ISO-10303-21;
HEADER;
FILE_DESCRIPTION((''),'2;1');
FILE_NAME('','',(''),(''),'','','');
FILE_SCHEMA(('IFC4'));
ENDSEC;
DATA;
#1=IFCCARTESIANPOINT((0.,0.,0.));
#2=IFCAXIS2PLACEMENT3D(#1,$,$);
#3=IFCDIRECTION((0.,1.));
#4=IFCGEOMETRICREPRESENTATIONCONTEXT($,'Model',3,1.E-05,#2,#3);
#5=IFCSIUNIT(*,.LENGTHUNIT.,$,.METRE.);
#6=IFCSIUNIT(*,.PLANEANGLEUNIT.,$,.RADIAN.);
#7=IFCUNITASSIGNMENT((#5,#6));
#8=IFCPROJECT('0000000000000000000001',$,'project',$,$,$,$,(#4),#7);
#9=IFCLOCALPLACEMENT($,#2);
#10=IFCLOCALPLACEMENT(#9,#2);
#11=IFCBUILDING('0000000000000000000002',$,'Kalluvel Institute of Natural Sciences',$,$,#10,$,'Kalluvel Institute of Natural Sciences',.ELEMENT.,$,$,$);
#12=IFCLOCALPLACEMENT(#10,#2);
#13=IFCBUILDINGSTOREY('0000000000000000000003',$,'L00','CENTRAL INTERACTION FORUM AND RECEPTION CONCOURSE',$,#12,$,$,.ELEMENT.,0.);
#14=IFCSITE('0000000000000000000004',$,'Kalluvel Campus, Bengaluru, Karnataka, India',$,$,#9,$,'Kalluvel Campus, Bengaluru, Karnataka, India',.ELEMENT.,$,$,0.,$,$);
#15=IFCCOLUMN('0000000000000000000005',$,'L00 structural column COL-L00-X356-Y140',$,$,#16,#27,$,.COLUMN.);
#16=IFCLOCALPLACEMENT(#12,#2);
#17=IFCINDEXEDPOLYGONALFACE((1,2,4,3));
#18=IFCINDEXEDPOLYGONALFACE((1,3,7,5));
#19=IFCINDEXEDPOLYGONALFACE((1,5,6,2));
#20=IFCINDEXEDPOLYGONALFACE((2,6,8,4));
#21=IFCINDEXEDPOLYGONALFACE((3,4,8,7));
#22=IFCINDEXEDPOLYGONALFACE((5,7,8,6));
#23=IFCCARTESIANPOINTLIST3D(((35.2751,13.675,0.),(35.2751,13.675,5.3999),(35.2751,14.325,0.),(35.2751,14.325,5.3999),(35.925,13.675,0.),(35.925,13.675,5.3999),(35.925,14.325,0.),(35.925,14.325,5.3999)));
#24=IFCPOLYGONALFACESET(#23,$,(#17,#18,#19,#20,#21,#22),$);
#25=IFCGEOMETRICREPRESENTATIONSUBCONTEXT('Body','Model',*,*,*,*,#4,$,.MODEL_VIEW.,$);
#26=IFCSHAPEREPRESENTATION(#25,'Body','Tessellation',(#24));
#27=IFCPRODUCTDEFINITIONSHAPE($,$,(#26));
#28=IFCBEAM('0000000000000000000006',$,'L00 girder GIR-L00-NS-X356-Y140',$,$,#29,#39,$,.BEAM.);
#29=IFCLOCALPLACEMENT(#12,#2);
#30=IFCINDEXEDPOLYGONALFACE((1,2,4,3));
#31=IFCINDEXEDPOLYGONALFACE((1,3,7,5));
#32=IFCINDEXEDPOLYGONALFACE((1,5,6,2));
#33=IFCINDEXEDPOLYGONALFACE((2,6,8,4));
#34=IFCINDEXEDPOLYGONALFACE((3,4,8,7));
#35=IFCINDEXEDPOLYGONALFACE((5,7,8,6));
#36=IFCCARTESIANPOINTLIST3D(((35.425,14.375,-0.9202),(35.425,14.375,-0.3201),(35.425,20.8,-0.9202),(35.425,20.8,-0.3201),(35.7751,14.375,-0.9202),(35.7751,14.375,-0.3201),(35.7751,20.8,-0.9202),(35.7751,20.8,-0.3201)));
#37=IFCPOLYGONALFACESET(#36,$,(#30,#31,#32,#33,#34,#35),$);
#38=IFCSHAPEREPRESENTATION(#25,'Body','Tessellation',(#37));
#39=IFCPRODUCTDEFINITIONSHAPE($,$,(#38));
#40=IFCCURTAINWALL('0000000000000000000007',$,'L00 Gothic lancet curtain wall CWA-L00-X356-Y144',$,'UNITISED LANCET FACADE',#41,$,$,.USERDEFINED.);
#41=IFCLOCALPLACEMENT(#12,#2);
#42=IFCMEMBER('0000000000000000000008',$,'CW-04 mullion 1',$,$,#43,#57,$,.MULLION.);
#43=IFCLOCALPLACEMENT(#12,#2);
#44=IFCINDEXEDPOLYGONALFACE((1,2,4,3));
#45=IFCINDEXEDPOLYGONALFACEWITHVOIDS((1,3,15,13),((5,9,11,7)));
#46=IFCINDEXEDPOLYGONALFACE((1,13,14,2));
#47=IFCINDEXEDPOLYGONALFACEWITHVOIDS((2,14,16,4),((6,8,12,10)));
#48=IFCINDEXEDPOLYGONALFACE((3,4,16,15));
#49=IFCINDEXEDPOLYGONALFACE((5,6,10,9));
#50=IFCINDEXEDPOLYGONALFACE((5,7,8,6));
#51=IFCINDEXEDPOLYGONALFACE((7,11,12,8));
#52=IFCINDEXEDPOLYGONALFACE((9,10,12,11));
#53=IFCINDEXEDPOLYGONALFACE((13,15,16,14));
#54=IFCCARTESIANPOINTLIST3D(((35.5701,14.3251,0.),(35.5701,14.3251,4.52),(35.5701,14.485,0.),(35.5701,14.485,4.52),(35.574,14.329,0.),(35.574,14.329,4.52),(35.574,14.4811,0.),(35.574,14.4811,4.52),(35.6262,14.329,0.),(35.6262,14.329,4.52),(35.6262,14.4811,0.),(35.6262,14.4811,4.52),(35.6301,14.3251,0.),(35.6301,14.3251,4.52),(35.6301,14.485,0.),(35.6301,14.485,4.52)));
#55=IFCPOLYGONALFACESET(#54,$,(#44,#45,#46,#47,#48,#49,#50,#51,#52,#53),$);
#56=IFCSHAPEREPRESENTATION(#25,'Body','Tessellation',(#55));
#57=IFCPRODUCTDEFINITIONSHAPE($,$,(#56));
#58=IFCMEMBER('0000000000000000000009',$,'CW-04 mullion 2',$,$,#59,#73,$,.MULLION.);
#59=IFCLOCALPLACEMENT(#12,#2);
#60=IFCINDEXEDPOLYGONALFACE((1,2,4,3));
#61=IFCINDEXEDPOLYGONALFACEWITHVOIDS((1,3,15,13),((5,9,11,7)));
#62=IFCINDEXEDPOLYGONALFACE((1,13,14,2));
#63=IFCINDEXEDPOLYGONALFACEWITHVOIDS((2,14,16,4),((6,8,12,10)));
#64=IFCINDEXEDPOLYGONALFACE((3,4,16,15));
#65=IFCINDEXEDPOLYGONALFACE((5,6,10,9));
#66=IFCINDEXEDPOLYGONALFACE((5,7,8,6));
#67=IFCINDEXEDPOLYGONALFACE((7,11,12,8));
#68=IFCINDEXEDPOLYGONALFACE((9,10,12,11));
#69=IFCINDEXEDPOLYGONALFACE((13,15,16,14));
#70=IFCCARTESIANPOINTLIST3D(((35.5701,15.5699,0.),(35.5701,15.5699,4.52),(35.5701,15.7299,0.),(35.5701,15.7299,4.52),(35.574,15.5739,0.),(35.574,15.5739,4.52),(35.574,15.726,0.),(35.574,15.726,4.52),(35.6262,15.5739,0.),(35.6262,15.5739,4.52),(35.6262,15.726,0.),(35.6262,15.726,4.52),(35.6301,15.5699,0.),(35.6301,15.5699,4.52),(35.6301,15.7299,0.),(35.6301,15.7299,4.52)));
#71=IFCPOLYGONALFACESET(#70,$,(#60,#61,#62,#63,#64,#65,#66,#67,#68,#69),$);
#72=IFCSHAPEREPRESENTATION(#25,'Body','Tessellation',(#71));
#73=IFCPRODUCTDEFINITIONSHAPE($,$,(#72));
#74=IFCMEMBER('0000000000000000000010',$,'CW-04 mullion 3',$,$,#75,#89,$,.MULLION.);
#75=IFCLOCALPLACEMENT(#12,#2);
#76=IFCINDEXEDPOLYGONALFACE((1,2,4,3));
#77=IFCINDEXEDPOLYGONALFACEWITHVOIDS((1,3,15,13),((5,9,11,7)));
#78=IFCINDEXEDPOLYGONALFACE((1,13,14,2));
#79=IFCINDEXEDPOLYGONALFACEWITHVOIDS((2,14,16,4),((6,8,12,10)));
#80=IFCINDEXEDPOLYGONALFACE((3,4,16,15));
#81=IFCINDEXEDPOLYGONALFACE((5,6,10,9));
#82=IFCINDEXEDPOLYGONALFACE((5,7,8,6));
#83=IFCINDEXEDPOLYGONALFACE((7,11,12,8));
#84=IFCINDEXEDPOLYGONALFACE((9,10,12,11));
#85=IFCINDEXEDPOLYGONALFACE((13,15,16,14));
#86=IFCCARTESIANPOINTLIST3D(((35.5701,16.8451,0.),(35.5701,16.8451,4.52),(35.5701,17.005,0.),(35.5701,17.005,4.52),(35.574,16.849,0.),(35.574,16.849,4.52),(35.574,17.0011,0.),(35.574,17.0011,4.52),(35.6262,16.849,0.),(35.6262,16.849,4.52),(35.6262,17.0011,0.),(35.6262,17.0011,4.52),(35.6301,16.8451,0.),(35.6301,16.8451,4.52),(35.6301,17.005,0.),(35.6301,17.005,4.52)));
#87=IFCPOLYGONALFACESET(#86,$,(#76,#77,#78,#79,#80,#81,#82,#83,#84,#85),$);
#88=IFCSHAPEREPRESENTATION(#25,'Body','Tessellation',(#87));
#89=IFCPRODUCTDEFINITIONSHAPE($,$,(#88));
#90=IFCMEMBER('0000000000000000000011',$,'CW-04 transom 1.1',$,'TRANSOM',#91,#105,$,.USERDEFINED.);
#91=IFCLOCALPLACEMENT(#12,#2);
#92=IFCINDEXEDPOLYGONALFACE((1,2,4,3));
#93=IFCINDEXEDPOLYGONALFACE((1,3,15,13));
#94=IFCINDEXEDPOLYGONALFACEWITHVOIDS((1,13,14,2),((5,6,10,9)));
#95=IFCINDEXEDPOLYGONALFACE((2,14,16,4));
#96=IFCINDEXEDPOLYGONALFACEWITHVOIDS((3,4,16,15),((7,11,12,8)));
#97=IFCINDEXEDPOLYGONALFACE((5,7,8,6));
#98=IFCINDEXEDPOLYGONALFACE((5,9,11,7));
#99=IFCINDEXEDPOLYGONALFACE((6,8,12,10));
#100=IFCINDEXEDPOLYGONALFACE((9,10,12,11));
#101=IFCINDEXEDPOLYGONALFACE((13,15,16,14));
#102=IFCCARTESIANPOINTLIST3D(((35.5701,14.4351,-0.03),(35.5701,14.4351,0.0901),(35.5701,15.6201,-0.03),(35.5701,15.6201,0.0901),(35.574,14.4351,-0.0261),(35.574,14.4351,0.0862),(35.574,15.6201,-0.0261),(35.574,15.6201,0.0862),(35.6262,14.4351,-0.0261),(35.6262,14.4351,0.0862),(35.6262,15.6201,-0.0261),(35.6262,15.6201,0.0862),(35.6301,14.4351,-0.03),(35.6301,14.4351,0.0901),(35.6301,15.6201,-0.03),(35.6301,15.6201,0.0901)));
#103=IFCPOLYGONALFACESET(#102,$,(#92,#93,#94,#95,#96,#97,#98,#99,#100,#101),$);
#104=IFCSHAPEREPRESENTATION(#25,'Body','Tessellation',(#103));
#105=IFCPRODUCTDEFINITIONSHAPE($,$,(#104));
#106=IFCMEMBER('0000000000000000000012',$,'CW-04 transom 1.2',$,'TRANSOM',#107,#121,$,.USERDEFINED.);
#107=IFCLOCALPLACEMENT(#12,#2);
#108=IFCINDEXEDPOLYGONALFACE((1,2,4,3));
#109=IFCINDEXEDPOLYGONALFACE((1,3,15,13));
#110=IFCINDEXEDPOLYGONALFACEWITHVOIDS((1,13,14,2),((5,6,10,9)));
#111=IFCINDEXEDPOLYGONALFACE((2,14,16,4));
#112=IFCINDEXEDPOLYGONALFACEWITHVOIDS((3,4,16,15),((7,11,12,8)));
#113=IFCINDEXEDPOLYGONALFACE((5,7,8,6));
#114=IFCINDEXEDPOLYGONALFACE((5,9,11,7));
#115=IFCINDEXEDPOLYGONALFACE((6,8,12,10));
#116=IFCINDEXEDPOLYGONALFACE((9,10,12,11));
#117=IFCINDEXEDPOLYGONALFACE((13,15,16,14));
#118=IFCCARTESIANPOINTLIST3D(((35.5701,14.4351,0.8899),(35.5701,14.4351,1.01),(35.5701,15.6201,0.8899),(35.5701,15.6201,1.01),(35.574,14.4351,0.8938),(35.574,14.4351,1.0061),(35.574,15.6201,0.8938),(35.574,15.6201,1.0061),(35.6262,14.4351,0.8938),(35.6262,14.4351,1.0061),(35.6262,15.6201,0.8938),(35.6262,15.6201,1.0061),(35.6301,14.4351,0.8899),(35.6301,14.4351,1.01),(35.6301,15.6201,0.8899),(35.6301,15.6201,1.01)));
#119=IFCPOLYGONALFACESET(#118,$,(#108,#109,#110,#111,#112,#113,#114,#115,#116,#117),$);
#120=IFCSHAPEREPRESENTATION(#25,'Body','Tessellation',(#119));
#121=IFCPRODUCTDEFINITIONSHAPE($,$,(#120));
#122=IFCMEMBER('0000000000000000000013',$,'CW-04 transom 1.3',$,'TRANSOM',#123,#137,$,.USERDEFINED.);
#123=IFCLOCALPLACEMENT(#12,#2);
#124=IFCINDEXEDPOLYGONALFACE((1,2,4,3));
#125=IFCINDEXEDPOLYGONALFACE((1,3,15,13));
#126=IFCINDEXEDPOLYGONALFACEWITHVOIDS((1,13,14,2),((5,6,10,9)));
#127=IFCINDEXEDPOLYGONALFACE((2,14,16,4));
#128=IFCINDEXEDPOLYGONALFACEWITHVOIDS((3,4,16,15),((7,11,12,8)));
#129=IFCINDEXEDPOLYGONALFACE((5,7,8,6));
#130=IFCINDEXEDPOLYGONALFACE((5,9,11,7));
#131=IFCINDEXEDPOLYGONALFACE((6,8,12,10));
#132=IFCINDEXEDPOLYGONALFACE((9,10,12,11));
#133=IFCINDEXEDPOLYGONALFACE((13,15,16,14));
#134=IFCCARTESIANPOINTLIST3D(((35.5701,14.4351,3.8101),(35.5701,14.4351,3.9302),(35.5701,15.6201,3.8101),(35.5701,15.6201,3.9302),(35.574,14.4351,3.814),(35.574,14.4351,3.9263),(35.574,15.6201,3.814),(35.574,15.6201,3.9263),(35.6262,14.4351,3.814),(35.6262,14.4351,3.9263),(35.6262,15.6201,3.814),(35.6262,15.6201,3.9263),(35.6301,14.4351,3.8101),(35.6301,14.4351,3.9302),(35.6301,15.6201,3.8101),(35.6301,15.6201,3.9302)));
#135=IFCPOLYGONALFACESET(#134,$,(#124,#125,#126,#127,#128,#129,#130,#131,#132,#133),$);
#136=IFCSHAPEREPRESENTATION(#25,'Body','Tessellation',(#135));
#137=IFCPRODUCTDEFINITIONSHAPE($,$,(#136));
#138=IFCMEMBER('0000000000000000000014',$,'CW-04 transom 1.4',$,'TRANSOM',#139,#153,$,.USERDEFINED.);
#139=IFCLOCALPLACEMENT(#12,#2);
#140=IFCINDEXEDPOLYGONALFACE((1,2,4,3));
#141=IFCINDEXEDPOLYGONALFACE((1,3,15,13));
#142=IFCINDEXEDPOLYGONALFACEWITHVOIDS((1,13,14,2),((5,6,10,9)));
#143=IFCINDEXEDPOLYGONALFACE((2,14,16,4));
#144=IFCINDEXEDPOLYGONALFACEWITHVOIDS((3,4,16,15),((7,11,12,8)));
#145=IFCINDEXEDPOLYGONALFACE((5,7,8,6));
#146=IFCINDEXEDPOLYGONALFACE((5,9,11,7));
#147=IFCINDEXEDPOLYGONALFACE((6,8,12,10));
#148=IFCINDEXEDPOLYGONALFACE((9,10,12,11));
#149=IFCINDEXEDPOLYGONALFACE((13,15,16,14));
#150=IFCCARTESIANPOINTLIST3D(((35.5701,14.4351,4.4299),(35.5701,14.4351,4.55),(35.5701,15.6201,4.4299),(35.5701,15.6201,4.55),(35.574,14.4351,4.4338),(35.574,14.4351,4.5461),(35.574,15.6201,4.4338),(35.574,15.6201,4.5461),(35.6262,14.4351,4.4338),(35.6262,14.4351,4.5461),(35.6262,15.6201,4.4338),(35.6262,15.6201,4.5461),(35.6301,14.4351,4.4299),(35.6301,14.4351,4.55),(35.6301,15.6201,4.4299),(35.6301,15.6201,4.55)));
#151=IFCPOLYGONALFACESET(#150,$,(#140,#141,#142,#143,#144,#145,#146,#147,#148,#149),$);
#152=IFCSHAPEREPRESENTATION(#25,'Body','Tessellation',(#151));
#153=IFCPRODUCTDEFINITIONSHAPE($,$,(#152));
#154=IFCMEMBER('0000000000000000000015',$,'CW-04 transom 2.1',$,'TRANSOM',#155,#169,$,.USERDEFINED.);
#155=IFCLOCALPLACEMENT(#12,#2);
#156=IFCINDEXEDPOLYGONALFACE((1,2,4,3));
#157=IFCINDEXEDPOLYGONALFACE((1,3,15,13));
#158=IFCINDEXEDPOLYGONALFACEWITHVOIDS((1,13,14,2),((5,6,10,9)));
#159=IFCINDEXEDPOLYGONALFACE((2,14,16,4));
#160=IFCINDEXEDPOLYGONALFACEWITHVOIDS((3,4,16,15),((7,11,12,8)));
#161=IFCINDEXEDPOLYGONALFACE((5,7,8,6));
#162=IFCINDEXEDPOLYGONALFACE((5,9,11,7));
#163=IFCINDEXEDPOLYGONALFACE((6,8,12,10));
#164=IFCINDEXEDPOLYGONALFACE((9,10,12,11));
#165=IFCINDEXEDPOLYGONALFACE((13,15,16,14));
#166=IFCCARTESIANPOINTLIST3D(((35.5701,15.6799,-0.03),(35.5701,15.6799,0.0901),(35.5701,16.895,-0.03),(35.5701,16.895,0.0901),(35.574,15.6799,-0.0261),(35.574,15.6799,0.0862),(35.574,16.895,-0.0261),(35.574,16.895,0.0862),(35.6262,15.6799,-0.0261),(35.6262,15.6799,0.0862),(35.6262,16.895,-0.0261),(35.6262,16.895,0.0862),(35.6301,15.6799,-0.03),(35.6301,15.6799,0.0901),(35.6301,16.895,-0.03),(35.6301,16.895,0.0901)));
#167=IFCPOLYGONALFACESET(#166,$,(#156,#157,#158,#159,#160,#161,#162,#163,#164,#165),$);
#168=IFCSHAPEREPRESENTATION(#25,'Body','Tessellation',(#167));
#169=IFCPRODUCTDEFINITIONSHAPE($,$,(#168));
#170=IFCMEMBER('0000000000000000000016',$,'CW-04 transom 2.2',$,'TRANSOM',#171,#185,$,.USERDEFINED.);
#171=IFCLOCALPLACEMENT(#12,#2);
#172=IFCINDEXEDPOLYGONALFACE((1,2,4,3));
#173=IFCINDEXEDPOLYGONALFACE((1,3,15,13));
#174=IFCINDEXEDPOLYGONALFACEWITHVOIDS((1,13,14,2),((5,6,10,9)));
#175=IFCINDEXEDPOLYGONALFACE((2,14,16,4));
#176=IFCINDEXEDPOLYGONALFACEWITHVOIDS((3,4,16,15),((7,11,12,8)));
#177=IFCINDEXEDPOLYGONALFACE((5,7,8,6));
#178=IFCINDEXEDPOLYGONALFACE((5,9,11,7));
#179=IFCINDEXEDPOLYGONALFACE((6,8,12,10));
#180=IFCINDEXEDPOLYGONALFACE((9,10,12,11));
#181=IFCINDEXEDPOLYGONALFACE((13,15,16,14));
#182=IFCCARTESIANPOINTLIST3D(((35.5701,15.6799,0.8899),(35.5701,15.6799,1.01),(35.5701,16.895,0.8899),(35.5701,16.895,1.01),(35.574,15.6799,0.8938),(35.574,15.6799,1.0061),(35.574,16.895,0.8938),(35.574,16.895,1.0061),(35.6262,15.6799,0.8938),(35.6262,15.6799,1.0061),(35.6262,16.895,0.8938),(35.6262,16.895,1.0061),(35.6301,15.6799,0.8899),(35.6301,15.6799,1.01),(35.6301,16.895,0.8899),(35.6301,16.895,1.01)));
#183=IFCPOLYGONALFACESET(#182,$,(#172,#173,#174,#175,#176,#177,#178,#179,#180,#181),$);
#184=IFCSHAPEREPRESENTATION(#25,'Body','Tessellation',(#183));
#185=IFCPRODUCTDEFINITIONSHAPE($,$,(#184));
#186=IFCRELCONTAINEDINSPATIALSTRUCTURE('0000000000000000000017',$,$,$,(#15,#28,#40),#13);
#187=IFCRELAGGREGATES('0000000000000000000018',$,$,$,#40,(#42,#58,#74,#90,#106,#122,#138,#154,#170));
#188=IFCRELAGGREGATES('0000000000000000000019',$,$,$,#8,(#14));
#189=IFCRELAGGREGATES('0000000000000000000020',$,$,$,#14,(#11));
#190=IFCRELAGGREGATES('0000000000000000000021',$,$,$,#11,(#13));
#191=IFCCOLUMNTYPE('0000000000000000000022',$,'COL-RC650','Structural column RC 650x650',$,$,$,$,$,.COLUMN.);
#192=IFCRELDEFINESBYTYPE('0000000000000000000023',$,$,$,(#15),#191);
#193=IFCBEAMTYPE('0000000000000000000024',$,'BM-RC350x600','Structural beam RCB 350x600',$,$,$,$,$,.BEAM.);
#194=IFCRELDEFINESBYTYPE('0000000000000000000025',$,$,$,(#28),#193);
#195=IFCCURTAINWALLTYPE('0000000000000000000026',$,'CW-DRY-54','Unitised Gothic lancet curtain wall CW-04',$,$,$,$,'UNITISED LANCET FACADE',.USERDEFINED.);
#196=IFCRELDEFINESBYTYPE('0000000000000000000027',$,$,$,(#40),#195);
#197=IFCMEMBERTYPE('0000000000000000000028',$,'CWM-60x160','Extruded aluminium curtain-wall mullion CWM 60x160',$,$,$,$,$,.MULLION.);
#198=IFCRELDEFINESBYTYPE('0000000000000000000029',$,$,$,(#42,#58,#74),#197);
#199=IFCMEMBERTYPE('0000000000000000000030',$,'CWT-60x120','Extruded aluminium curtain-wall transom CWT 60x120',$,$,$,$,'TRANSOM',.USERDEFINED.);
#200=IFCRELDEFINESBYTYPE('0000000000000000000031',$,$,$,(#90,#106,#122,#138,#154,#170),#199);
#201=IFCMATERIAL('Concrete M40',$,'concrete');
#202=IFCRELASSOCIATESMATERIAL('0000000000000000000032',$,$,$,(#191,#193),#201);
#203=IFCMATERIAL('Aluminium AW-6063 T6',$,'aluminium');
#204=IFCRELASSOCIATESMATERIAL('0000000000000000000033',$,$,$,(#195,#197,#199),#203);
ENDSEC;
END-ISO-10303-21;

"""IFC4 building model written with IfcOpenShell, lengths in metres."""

from ifc_helpers import new_model, si_unit, direction, frame, origin, origin_2d, place, context, subcontext, project, spatial, rectangle, hollow_rectangle, extrude, material, material_profile, profile_set, type_object, element, aggregate, save


model = new_model("IFC4")

# Units and contexts
model_context = context("Model", 3, precision=1e-05, world=origin(), true_north=direction((0.0, 1.0)))
body_context = subcontext(model_context, "Body", "Model", "MODEL_VIEW")
ifc_project = project(units=[si_unit("LENGTHUNIT", "METRE"), si_unit("PLANEANGLEUNIT", "RADIAN")], contexts=[model_context])

# Site, building, storey
site_placement = place(None, origin())
site = spatial("IfcSite", under=ifc_project, at=site_placement, Name="Kalluvel Campus, Bengaluru, Karnataka, India", LongName="Kalluvel Campus, Bengaluru, Karnataka, India", CompositionType="ELEMENT", RefElevation=0.0)
building_placement = place(site_placement, origin())
building = spatial("IfcBuilding", under=site, at=building_placement, Name="Kalluvel Institute of Natural Sciences", LongName="Kalluvel Institute of Natural Sciences", CompositionType="ELEMENT")
storey_placement = place(building_placement, origin())
storey = spatial("IfcBuildingStorey", under=building, at=storey_placement, Name="L00", Description="CENTRAL INTERACTION FORUM AND RECEPTION CONCOURSE", CompositionType="ELEMENT", Elevation=0.0)

# Column
ifc_material_1 = material(Name="Concrete M40", Category="concrete")
ifc_material_profile_1 = material_profile(ifc_material_1, rectangle(XDim=0.6499, YDim=0.6499, at=origin_2d()), Name="RC 650x650")
ifc_profile_set_1 = profile_set([ifc_material_profile_1], Name="Concrete M40")
column_type = type_object("IfcColumnType", Name="COL-RC650", Description="Structural column RC 650x650", PredefinedType="COLUMN", material=ifc_profile_set_1)
column_placement = place(storey_placement, frame((35.6001, 14.0, 0.0), z_axis=(0.0, 0.0, 1.0), x_axis=(1.0, 0.0, 0.0)))
element("IfcColumn", 1, at=column_placement, inside=storey, type_object=column_type, Name="L00 structural column COL-L00-X356-Y140", PredefinedType="COLUMN", context=body_context, shape_type="SweptSolid", body=[
    extrude(rectangle(XDim=0.6499, YDim=0.6499, at=origin_2d()), origin(), (0.0, 0.0, 1.0), 5.3999),
])

# Beam
ifc_material_profile_2 = material_profile(ifc_material_1, rectangle(XDim=0.3501, YDim=0.6001, at=origin_2d()), Name="RCB 350x600")
ifc_profile_set_2 = profile_set([ifc_material_profile_2], Name="Concrete M40")
beam_type = type_object("IfcBeamType", Name="BM-RC350x600", Description="Structural beam RCB 350x600", PredefinedType="BEAM", material=ifc_profile_set_2)
beam_placement = place(storey_placement, frame((35.6001, 14.375, -0.6201), z_axis=(0.0, 1.0, 0.0), x_axis=(-1.0, 0.0, 0.0)))
element("IfcBeam", 2, at=beam_placement, inside=storey, type_object=beam_type, Name="L00 girder GIR-L00-NS-X356-Y140", PredefinedType="BEAM", context=body_context, shape_type="SweptSolid", body=[
    extrude(rectangle(XDim=0.3501, YDim=0.6001, at=origin_2d()), origin(), (0.0, 0.0, 1.0), 6.425),
])

# Curtain wall, members
ifc_material_2 = material(Name="Aluminium AW-6063 T6", Category="aluminium")
curtain_wall_type = type_object("IfcCurtainWallType", Name="CW-DRY-54", Description="Unitised Gothic lancet curtain wall CW-04", ElementType="UNITISED LANCET FACADE", PredefinedType="USERDEFINED", material=ifc_material_2)
curtain_wall_placement = place(storey_placement, origin())
curtain_wall = element("IfcCurtainWall", 3, at=curtain_wall_placement, inside=storey, type_object=curtain_wall_type, Name="L00 Gothic lancet curtain wall CWA-L00-X356-Y144", ObjectType="UNITISED LANCET FACADE", PredefinedType="USERDEFINED")
ifc_material_profile_3 = material_profile(ifc_material_2, hollow_rectangle(XDim=0.0601, YDim=0.1599, WallThickness=0.0039, at=origin_2d()), Name="CWM 60x160")
ifc_profile_set_3 = profile_set([ifc_material_profile_3], Name="Aluminium AW-6063 T6")
member_type_1 = type_object("IfcMemberType", Name="CWM-60x160", Description="Extruded aluminium curtain-wall mullion CWM 60x160", PredefinedType="MULLION", material=ifc_profile_set_3)
member_1_placement = place(storey_placement, frame((35.6001, 14.405, 0.0), z_axis=(0.0, 0.0, 1.0), x_axis=(-1.0, 0.0, 0.0)))
member_1 = element("IfcMember", 4, at=member_1_placement, type_object=member_type_1, Name="CW-04 mullion 1", PredefinedType="MULLION", context=body_context, shape_type="SweptSolid", body=[
    extrude(hollow_rectangle(XDim=0.0601, YDim=0.1599, WallThickness=0.0039, at=origin_2d()), origin(), (0.0, 0.0, 1.0), 4.52),
])
member_2_placement = place(storey_placement, frame((35.6001, 15.6499, 0.0), z_axis=(0.0, 0.0, 1.0), x_axis=(-1.0, 0.0, 0.0)))
member_2 = element("IfcMember", 5, at=member_2_placement, type_object=member_type_1, Name="CW-04 mullion 2", PredefinedType="MULLION", context=body_context, shape_type="SweptSolid", body=[
    extrude(hollow_rectangle(XDim=0.0601, YDim=0.1599, WallThickness=0.0039, at=origin_2d()), origin(), (0.0, 0.0, 1.0), 4.52),
])
member_3_placement = place(storey_placement, frame((35.6001, 16.925, 0.0), z_axis=(0.0, 0.0, 1.0), x_axis=(-1.0, 0.0, 0.0)))
member_3 = element("IfcMember", 6, at=member_3_placement, type_object=member_type_1, Name="CW-04 mullion 3", PredefinedType="MULLION", context=body_context, shape_type="SweptSolid", body=[
    extrude(hollow_rectangle(XDim=0.0601, YDim=0.1599, WallThickness=0.0039, at=origin_2d()), origin(), (0.0, 0.0, 1.0), 4.52),
])
ifc_material_profile_4 = material_profile(ifc_material_2, hollow_rectangle(XDim=0.0601, YDim=0.1201, WallThickness=0.0039, at=origin_2d()), Name="CWT 60x120")
ifc_profile_set_4 = profile_set([ifc_material_profile_4], Name="Aluminium AW-6063 T6")
member_type_2 = type_object("IfcMemberType", Name="CWT-60x120", Description="Extruded aluminium curtain-wall transom CWT 60x120", ElementType="TRANSOM", PredefinedType="USERDEFINED", material=ifc_profile_set_4)
member_4_placement = place(storey_placement, frame((35.6001, 14.4351, 0.03), z_axis=(0.0, 1.0, 0.0), x_axis=(-1.0, 0.0, 0.0)))
member_4 = element("IfcMember", 7, at=member_4_placement, type_object=member_type_2, Name="CW-04 transom 1.1", ObjectType="TRANSOM", PredefinedType="USERDEFINED", context=body_context, shape_type="SweptSolid", body=[
    extrude(hollow_rectangle(XDim=0.0601, YDim=0.1201, WallThickness=0.0039, at=origin_2d()), origin(), (0.0, 0.0, 1.0), 1.1851),
])
member_5_placement = place(storey_placement, frame((35.6001, 14.4351, 0.95), z_axis=(0.0, 1.0, 0.0), x_axis=(-1.0, 0.0, 0.0)))
member_5 = element("IfcMember", 8, at=member_5_placement, type_object=member_type_2, Name="CW-04 transom 1.2", ObjectType="TRANSOM", PredefinedType="USERDEFINED", context=body_context, shape_type="SweptSolid", body=[
    extrude(hollow_rectangle(XDim=0.0601, YDim=0.1201, WallThickness=0.0039, at=origin_2d()), origin(), (0.0, 0.0, 1.0), 1.1851),
])
member_6_placement = place(storey_placement, frame((35.6001, 14.4351, 3.8701), z_axis=(0.0, 1.0, 0.0), x_axis=(-1.0, 0.0, 0.0)))
member_6 = element("IfcMember", 9, at=member_6_placement, type_object=member_type_2, Name="CW-04 transom 1.3", ObjectType="TRANSOM", PredefinedType="USERDEFINED", context=body_context, shape_type="SweptSolid", body=[
    extrude(hollow_rectangle(XDim=0.0601, YDim=0.1201, WallThickness=0.0039, at=origin_2d()), origin(), (0.0, 0.0, 1.0), 1.1851),
])
member_7_placement = place(storey_placement, frame((35.6001, 14.4351, 4.49), z_axis=(0.0, 1.0, 0.0), x_axis=(-1.0, 0.0, 0.0)))
member_7 = element("IfcMember", 10, at=member_7_placement, type_object=member_type_2, Name="CW-04 transom 1.4", ObjectType="TRANSOM", PredefinedType="USERDEFINED", context=body_context, shape_type="SweptSolid", body=[
    extrude(hollow_rectangle(XDim=0.0601, YDim=0.1201, WallThickness=0.0039, at=origin_2d()), origin(), (0.0, 0.0, 1.0), 1.1851),
])
member_8_placement = place(storey_placement, frame((35.6001, 15.6799, 0.03), z_axis=(0.0, 1.0, 0.0), x_axis=(-1.0, 0.0, 0.0)))
member_8 = element("IfcMember", 11, at=member_8_placement, type_object=member_type_2, Name="CW-04 transom 2.1", ObjectType="TRANSOM", PredefinedType="USERDEFINED", context=body_context, shape_type="SweptSolid", body=[
    extrude(hollow_rectangle(XDim=0.0601, YDim=0.1201, WallThickness=0.0039, at=origin_2d()), origin(), (0.0, 0.0, 1.0), 1.2151),
])
member_9_placement = place(storey_placement, frame((35.6001, 15.6799, 0.95), z_axis=(0.0, 1.0, 0.0), x_axis=(-1.0, 0.0, 0.0)))
member_9 = element("IfcMember", 12, at=member_9_placement, type_object=member_type_2, Name="CW-04 transom 2.2", ObjectType="TRANSOM", PredefinedType="USERDEFINED", context=body_context, shape_type="SweptSolid", body=[
    extrude(hollow_rectangle(XDim=0.0601, YDim=0.1201, WallThickness=0.0039, at=origin_2d()), origin(), (0.0, 0.0, 1.0), 1.2151),
])
aggregate(curtain_wall, [member_1, member_2, member_3, member_4, member_5, member_6, member_7, member_8, member_9])

save(model, "model.ifc")
